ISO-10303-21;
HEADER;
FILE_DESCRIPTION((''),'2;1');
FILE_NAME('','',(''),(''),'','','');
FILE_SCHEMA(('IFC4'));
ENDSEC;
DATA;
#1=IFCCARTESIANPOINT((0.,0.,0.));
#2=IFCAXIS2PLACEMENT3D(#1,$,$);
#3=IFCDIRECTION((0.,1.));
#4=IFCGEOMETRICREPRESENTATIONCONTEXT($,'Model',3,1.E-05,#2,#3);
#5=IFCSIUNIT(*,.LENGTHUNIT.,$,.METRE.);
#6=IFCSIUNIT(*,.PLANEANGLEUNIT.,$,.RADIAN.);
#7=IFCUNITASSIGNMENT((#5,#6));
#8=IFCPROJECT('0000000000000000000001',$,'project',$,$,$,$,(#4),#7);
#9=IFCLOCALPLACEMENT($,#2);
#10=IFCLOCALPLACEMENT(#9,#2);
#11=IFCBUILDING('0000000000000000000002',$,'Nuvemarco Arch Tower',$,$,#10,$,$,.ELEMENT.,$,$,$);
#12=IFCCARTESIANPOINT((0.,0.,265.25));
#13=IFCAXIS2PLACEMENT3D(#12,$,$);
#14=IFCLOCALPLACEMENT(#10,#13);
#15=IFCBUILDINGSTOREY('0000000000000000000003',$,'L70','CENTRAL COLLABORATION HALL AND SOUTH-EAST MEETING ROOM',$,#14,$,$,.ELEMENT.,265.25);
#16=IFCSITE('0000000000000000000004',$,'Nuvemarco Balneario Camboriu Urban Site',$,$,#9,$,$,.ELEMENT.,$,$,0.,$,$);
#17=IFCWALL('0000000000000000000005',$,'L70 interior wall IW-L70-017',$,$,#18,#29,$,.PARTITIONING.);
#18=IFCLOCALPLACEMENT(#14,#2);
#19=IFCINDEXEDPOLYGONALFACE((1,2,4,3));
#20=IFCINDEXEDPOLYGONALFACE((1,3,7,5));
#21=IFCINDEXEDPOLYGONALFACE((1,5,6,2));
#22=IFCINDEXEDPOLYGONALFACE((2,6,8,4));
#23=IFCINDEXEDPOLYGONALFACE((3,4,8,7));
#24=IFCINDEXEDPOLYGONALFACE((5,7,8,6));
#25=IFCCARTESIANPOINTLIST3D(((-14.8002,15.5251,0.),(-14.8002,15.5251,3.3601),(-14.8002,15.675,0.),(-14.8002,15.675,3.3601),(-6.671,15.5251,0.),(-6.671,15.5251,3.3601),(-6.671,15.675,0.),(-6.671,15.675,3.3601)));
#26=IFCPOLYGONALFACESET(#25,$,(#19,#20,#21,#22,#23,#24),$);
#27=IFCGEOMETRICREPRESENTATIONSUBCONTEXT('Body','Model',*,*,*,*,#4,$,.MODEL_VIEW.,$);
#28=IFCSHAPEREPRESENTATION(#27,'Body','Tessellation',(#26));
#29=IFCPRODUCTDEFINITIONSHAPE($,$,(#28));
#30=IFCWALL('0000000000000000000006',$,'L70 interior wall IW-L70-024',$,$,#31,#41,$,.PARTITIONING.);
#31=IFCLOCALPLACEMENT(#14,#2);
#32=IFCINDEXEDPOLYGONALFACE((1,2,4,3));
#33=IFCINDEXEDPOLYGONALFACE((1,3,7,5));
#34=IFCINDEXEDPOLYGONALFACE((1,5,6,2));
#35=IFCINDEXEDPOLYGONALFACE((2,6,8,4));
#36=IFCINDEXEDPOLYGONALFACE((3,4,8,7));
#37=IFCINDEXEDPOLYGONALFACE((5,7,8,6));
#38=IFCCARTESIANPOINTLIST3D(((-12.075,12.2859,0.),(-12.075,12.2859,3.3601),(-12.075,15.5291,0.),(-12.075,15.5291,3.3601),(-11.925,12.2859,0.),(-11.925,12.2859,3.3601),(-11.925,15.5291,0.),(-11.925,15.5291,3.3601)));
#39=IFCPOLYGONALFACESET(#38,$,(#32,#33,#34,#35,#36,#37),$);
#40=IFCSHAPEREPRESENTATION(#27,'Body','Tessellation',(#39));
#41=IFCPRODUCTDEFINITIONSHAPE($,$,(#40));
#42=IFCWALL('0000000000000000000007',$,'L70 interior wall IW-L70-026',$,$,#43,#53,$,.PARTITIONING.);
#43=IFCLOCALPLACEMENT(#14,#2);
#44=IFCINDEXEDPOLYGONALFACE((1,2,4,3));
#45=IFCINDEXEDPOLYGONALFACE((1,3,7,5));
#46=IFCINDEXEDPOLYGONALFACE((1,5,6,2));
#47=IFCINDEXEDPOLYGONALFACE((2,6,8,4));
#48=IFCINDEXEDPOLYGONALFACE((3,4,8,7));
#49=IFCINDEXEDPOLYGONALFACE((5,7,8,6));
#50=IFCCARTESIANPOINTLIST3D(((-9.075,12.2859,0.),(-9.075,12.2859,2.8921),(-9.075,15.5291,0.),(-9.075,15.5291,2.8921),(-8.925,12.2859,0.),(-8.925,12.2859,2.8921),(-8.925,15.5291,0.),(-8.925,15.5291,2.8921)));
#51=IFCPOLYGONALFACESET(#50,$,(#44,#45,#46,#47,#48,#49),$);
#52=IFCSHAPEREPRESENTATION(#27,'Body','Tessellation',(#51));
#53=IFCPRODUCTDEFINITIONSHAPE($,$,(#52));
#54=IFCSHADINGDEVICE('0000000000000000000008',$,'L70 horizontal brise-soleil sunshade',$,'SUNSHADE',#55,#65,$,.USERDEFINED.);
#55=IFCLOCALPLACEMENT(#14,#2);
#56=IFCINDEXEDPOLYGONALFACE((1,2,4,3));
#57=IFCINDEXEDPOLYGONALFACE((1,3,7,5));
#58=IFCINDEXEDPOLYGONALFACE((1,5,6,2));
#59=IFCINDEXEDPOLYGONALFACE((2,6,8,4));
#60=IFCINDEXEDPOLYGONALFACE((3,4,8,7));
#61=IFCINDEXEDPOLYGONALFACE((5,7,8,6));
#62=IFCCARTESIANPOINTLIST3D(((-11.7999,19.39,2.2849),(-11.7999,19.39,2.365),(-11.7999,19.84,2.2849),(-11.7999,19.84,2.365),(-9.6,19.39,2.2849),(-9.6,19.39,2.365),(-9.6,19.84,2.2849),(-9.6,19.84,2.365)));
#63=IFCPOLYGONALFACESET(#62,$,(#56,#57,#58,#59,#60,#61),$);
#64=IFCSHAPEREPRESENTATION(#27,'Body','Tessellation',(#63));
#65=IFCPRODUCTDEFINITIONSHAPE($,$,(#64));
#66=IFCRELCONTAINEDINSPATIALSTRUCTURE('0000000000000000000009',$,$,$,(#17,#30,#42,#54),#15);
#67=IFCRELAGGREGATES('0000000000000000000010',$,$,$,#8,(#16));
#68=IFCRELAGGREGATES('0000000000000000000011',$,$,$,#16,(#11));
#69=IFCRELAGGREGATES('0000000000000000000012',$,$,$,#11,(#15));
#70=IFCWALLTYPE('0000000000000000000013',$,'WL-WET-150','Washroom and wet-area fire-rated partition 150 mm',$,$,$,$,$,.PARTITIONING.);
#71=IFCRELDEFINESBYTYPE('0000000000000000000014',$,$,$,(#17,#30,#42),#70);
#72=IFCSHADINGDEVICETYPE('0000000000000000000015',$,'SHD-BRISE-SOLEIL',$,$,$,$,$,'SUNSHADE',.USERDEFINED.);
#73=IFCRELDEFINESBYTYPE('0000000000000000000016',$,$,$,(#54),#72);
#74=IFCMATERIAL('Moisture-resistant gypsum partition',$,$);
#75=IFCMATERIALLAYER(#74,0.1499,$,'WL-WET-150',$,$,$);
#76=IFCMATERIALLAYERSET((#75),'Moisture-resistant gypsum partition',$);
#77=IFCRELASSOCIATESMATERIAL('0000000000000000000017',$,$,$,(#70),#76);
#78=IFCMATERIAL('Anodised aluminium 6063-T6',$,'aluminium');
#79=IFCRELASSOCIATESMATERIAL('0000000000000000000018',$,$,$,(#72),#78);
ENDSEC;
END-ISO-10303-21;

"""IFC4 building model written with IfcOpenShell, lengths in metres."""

from ifc_helpers import new_model, si_unit, direction, frame, frame_2d, origin, origin_2d, place, context, subcontext, project, spatial, rectangle, extrude, source, transform, mapped, material, layer, layer_set, type_object, type_shapes, element, save


model = new_model("IFC4")

# Units and contexts
model_context = context("Model", 3, precision=1e-05, world=origin(), true_north=direction((0.0, 1.0)))
body_context = subcontext(model_context, "Body", "Model", "MODEL_VIEW")
ifc_project = project(units=[si_unit("LENGTHUNIT", "METRE"), si_unit("PLANEANGLEUNIT", "RADIAN")], contexts=[model_context])

# Site, building, storey
site_placement = place(None, origin())
site = spatial("IfcSite", under=ifc_project, at=site_placement, Name="Nuvemarco Balneario Camboriu Urban Site", CompositionType="ELEMENT", RefElevation=0.0)
building_placement = place(site_placement, origin())
building = spatial("IfcBuilding", under=site, at=building_placement, Name="Nuvemarco Arch Tower", CompositionType="ELEMENT")
storey_placement = place(building_placement, frame((0.0, 0.0, 265.25)))
storey = spatial("IfcBuildingStorey", under=building, at=storey_placement, Name="L70", Description="CENTRAL COLLABORATION HALL AND SOUTH-EAST MEETING ROOM", CompositionType="ELEMENT", Elevation=265.25)

# Walls
ifc_material_1 = material(Name="Moisture-resistant gypsum partition")
ifc_layer_1 = layer(ifc_material_1, 0.1499, Name="WL-WET-150")
ifc_layer_set_1 = layer_set([ifc_layer_1], Name="Moisture-resistant gypsum partition")
wall_type_1 = type_object("IfcWallType", Name="WL-WET-150", Description="Washroom and wet-area fire-rated partition 150 mm", PredefinedType="PARTITIONING", material=ifc_layer_set_1)
wall_1_placement = place(storey_placement, frame((-14.8, 15.6001, 0.0), z_axis=(0.0, 0.0, 1.0), x_axis=(1.0, 0.0, 0.0)))
element("IfcWall", 1, at=wall_1_placement, inside=storey, type_object=wall_type_1, Name="L70 interior wall IW-L70-017", PredefinedType="PARTITIONING", context=body_context, shape_type="SweptSolid", body=[
    extrude(rectangle(XDim=8.1292, YDim=0.1499, at=frame_2d((4.0645, 0.0))), origin(), (0.0, 0.0, 1.0), 3.3601),
])
wall_2_placement = place(storey_placement, frame((-12.0, 12.2859, 0.0), z_axis=(0.0, 0.0, 1.0), x_axis=(0.0, 1.0, 0.0)))
element("IfcWall", 2, at=wall_2_placement, inside=storey, type_object=wall_type_1, Name="L70 interior wall IW-L70-024", PredefinedType="PARTITIONING", context=body_context, shape_type="SweptSolid", body=[
    extrude(rectangle(XDim=3.2432, YDim=0.1499, at=frame_2d((1.6216, 0.0))), origin(), (0.0, 0.0, 1.0), 3.3601),
])
wall_3_placement = place(storey_placement, frame((-9.0, 12.2859, 0.0), z_axis=(0.0, 0.0, 1.0), x_axis=(0.0, 1.0, 0.0)))
element("IfcWall", 3, at=wall_3_placement, inside=storey, type_object=wall_type_1, Name="L70 interior wall IW-L70-026", PredefinedType="PARTITIONING", context=body_context, shape_type="SweptSolid", body=[
    extrude(rectangle(XDim=3.2432, YDim=0.1499, at=frame_2d((1.6216, 0.0))), origin(), (0.0, 0.0, 1.0), 2.8921),
])

# Shading device
ifc_material_2 = material(Name="Anodised aluminium 6063-T6", Category="aluminium")
shading_device_type = type_object("IfcShadingDeviceType", Name="SHD-BRISE-SOLEIL", ElementType="SUNSHADE", PredefinedType="USERDEFINED", material=ifc_material_2)
shared_shape_1 = source(origin(), body_context, "Body", "SweptSolid", [
    extrude(rectangle(XDim=2.2, YDim=0.45, at=origin_2d()), origin(), (0.0, 0.0, 1.0), 0.0801),
])
type_shapes(shading_device_type, [shared_shape_1])
shading_device_placement = place(storey_placement, frame((-10.7, 19.615, 2.2849), z_axis=(0.0, 0.0, 1.0), x_axis=(1.0, 0.0, 0.0)))
element("IfcShadingDevice", 4, at=shading_device_placement, inside=storey, type_object=shading_device_type, Name="L70 horizontal brise-soleil sunshade", ObjectType="SUNSHADE", PredefinedType="USERDEFINED", context=body_context, shape_type="MappedRepresentation", body=[
    mapped(shared_shape_1, transform((0.0, 0.0, 0.0), scale=1.0)),
])

save(model, "model.ifc")
